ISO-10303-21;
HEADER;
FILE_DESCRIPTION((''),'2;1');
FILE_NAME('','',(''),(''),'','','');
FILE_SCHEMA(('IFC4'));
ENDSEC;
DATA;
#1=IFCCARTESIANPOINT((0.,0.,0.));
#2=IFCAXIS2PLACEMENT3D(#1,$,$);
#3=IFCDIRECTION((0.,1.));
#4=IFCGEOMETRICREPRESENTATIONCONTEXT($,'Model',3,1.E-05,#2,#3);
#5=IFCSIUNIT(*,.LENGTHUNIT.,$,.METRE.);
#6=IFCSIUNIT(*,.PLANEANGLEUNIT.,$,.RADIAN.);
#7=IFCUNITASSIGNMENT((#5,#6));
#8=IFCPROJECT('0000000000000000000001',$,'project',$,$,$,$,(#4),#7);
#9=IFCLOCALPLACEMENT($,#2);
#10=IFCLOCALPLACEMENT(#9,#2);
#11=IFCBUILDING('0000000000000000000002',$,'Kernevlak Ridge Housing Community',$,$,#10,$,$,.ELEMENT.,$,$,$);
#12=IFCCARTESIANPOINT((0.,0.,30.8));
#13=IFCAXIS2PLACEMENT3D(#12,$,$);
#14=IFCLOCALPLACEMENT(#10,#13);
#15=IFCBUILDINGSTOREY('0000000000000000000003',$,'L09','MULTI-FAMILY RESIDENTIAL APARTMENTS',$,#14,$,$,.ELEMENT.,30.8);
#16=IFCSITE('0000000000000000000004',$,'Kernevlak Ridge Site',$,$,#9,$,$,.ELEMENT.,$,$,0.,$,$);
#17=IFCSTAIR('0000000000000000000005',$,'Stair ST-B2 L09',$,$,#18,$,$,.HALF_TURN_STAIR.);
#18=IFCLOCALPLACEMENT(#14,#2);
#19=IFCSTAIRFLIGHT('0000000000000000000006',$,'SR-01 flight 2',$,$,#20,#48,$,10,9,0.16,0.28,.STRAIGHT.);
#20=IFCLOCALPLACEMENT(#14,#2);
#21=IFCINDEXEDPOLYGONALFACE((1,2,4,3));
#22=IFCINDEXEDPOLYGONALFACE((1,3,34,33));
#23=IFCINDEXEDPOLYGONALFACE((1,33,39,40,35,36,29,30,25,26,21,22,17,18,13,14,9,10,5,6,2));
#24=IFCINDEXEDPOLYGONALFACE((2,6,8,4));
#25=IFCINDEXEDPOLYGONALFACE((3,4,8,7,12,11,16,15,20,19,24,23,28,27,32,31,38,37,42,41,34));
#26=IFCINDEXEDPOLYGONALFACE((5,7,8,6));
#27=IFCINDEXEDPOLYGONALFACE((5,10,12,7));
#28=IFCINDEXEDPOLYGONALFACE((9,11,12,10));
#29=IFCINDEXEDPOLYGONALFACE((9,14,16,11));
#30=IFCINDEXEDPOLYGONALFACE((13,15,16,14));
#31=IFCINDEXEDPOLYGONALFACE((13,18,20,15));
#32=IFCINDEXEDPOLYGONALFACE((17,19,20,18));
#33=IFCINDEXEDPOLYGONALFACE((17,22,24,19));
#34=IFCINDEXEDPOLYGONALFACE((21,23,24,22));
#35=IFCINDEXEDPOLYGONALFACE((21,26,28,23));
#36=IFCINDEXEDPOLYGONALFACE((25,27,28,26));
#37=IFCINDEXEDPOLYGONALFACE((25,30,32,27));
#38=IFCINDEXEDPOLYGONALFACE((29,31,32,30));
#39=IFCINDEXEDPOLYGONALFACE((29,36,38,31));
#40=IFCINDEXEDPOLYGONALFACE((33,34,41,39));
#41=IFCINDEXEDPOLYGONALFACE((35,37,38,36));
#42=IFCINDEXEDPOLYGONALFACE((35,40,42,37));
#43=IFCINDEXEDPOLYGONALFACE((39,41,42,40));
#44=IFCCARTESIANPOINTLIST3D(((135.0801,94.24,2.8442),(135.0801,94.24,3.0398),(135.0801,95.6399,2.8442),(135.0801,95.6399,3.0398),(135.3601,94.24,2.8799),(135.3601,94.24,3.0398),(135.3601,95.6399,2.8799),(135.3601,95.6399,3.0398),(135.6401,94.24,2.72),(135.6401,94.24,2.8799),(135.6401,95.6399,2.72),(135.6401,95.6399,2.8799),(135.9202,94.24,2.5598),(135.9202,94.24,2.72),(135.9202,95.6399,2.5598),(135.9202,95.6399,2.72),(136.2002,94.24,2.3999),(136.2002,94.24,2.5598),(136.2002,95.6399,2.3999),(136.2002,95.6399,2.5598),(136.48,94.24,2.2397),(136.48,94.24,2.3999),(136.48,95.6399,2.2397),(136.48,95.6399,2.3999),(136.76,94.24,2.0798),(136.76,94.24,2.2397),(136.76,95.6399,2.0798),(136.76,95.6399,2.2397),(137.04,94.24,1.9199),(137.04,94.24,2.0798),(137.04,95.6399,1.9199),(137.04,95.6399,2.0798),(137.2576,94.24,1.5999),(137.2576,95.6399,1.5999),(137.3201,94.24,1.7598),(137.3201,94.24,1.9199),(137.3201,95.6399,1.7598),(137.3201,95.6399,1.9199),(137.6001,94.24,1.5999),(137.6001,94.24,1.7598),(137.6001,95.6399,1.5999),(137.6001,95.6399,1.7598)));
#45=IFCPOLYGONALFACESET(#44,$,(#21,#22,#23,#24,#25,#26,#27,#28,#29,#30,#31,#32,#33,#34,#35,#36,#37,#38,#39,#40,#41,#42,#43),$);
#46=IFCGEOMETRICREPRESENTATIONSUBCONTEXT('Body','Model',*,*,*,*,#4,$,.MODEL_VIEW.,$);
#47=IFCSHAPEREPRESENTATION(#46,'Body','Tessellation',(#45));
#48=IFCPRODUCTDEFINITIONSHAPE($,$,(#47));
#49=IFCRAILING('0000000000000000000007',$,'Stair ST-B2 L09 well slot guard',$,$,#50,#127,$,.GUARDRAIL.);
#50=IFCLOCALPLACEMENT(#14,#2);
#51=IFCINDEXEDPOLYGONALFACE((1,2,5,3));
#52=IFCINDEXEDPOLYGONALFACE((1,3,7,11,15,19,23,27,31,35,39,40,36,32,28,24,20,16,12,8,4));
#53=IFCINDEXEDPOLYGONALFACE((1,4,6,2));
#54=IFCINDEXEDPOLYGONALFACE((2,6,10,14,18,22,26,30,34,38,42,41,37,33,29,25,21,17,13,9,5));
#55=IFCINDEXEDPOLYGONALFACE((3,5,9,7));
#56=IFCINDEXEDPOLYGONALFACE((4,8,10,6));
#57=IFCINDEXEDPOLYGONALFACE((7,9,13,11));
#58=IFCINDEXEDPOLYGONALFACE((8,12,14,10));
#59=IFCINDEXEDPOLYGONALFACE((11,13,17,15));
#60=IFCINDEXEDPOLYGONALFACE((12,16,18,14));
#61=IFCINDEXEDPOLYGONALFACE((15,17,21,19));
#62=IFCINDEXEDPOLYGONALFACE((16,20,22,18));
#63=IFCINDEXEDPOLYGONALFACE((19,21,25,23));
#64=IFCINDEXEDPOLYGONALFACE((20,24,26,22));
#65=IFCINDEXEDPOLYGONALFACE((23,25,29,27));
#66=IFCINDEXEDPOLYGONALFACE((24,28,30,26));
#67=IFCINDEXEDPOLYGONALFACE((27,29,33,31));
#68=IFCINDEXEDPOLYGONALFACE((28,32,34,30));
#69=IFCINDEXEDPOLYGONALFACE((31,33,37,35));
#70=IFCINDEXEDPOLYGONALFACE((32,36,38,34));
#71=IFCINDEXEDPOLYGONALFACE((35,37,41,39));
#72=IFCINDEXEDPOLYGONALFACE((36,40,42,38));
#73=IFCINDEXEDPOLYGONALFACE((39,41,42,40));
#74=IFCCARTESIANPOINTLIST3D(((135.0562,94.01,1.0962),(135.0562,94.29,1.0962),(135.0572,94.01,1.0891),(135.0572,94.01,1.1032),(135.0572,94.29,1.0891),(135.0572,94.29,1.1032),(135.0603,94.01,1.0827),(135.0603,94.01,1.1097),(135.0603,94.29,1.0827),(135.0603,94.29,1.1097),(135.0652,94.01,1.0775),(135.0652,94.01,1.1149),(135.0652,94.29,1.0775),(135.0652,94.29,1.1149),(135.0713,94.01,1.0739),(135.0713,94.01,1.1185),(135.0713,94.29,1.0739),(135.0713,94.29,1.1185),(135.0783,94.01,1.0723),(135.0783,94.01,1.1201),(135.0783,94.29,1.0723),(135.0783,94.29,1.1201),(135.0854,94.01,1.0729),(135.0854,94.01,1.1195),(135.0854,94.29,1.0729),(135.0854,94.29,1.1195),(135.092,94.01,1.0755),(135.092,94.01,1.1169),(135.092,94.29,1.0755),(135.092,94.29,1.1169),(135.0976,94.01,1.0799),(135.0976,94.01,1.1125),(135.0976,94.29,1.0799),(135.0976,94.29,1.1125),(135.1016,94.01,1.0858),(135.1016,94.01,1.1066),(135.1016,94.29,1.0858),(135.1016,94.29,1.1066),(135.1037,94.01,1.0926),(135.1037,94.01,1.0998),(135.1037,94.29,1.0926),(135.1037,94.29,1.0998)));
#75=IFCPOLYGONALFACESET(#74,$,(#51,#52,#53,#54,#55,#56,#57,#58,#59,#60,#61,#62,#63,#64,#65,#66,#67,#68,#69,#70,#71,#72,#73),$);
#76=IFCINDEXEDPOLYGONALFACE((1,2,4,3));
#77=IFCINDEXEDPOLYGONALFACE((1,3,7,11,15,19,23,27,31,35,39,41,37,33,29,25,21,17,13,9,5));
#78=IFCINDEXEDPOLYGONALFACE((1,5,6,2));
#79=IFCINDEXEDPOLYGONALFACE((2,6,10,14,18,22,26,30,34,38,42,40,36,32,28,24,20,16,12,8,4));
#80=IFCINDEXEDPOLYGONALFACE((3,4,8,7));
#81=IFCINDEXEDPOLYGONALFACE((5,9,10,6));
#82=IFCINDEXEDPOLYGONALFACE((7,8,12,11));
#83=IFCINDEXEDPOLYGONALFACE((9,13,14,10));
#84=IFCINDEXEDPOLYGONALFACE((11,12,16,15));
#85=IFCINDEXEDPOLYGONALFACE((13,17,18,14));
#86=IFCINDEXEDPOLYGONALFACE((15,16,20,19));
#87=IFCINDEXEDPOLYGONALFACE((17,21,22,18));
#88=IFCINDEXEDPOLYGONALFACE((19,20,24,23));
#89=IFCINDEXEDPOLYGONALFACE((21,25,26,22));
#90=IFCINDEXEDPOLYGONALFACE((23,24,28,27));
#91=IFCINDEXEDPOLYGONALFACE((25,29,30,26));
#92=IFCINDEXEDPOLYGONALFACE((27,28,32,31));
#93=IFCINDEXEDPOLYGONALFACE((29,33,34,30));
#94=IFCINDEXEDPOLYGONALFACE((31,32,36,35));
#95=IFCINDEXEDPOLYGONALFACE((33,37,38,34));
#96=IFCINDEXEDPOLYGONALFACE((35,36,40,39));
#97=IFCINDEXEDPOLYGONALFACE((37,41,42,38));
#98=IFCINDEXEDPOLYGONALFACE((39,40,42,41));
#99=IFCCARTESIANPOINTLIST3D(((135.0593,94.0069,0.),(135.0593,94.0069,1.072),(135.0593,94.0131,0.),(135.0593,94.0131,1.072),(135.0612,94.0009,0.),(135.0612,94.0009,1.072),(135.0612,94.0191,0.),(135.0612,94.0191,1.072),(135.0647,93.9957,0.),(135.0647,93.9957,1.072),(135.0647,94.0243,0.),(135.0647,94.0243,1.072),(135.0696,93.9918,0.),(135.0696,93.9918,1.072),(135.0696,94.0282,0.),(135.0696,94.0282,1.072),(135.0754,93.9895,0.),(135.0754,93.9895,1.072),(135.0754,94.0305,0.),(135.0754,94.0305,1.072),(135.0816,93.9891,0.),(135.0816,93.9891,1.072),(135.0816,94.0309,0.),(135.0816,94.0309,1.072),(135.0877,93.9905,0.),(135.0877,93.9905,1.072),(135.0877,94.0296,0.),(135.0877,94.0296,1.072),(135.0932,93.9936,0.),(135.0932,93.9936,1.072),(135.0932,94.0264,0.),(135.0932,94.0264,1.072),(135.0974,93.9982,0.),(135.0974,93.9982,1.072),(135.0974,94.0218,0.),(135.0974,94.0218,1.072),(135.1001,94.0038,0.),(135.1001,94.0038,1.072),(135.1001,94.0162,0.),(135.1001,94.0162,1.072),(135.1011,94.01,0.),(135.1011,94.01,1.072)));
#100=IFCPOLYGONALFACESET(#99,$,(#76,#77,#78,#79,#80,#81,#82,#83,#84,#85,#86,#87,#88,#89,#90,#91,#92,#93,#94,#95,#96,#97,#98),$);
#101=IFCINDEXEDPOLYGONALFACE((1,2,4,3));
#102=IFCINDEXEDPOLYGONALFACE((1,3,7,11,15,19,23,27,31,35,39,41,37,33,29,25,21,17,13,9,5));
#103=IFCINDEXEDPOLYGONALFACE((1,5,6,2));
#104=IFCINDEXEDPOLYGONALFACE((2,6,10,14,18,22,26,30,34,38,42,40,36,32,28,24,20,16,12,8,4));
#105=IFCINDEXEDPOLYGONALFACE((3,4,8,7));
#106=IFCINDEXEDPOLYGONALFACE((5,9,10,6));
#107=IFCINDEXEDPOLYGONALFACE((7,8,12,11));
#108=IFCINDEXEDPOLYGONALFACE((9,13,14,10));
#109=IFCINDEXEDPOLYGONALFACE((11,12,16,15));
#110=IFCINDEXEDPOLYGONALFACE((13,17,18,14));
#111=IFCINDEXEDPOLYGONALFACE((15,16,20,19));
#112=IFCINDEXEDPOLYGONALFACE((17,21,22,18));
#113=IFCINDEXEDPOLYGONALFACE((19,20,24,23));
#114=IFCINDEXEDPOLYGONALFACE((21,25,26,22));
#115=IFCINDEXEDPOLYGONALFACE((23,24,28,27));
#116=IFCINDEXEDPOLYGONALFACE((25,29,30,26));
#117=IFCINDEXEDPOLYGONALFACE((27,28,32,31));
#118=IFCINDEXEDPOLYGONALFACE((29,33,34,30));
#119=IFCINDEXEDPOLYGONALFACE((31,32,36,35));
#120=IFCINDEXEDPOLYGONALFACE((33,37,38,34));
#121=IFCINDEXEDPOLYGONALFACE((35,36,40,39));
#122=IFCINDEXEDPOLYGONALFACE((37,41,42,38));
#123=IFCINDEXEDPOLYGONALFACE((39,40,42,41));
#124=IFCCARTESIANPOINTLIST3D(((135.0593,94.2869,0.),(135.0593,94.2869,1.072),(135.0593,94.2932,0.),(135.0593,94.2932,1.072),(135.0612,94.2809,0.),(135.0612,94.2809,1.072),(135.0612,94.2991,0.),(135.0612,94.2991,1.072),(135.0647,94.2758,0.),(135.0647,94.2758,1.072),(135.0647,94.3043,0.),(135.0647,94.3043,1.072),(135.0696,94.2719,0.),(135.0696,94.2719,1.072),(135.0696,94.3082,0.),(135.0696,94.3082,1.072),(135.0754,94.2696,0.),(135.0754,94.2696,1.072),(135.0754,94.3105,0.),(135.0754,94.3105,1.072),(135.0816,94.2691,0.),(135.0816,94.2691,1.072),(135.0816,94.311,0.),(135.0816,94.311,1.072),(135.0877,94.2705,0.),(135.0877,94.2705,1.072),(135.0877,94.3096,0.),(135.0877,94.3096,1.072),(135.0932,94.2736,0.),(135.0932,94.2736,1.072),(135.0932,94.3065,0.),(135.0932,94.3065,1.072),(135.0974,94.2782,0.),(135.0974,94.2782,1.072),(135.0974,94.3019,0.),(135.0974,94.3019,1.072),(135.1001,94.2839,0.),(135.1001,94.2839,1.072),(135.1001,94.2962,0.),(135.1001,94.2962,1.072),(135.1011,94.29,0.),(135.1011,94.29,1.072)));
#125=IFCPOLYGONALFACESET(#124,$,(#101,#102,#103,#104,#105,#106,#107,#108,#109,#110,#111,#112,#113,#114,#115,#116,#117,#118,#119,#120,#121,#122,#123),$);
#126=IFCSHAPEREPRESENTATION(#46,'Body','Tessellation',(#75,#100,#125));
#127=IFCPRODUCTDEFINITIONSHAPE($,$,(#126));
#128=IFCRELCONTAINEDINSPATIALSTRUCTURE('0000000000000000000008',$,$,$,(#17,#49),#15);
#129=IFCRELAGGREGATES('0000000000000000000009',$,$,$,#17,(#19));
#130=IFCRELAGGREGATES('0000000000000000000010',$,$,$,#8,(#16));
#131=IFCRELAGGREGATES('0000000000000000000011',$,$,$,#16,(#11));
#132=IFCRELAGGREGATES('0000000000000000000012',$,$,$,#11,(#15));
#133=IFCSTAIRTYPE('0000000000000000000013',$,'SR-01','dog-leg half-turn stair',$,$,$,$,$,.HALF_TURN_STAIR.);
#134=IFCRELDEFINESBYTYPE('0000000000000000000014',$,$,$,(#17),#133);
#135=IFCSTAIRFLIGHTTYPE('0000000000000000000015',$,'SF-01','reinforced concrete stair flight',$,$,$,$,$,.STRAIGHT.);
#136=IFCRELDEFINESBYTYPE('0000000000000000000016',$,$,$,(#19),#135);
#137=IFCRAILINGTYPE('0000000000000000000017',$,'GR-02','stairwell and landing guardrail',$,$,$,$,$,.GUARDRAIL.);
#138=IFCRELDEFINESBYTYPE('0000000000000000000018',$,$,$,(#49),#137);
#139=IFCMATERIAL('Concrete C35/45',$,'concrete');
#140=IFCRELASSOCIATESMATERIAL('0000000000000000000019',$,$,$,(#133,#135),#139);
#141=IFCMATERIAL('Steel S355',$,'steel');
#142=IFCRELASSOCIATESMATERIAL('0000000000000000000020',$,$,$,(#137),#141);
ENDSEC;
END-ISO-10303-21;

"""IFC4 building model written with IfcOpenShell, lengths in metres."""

from ifc_helpers import new_model, si_unit, direction, frame, origin, origin_2d, place, context, subcontext, project, spatial, polyline, circle, outline, extrude, material, type_object, element, aggregate, save


model = new_model("IFC4")

# Units and contexts
model_context = context("Model", 3, precision=1e-05, world=origin(), true_north=direction((0.0, 1.0)))
body_context = subcontext(model_context, "Body", "Model", "MODEL_VIEW")
ifc_project = project(units=[si_unit("LENGTHUNIT", "METRE"), si_unit("PLANEANGLEUNIT", "RADIAN")], contexts=[model_context])

# Site, building, storey
site_placement = place(None, origin())
site = spatial("IfcSite", under=ifc_project, at=site_placement, Name="Kernevlak Ridge Site", CompositionType="ELEMENT", RefElevation=0.0)
building_placement = place(site_placement, origin())
building = spatial("IfcBuilding", under=site, at=building_placement, Name="Kernevlak Ridge Housing Community", CompositionType="ELEMENT")
storey_placement = place(building_placement, frame((0.0, 0.0, 30.8)))
storey = spatial("IfcBuildingStorey", under=building, at=storey_placement, Name="L09", Description="MULTI-FAMILY RESIDENTIAL APARTMENTS", CompositionType="ELEMENT", Elevation=30.8)

# Shared definitions
ifc_material_1 = material(Name="Concrete C35/45", Category="concrete")

# Stair, stair flight
stair_type = type_object("IfcStairType", Name="SR-01", Description="dog-leg half-turn stair", PredefinedType="HALF_TURN_STAIR", material=ifc_material_1)
stair_placement = place(storey_placement, origin())
stair = element("IfcStair", 1, at=stair_placement, inside=storey, type_object=stair_type, Name="Stair ST-B2 L09", PredefinedType="HALF_TURN_STAIR")
stair_flight_type = type_object("IfcStairFlightType", Name="SF-01", Description="reinforced concrete stair flight", PredefinedType="STRAIGHT", material=ifc_material_1)
stair_flight_1_placement = place(storey_placement, frame((137.6001, 94.9399, 1.5999), z_axis=(0.0, 0.0, 1.0), x_axis=(-1.0, 0.0, 0.0)))
stair_flight_1 = element("IfcStairFlight", 2, at=stair_flight_1_placement, type_object=stair_flight_type, Name="SR-01 flight 2", NumberOfRisers=10, NumberOfTreads=9, PredefinedType="STRAIGHT", RiserHeight=0.16, TreadLength=0.28, context=body_context, shape_type="SweptSolid", body=[
    extrude(outline(polyline([(0.0, 0.0), (0.0, 0.1599), (0.28, 0.1599), (0.28, 0.3201), (0.5601, 0.3201), (0.5601, 0.48), (0.8401, 0.48), (0.8401, 0.6399), (1.1201, 0.6399), (1.1201, 0.8), (1.3999, 0.8), (1.3999, 0.96), (1.6799, 0.96), (1.6799, 1.1201), (1.96, 1.1201), (1.96, 1.28), (2.24, 1.28), (2.24, 1.4399), (2.52, 1.4399), (2.52, 1.6001), (2.52, 1.2444), (0.3425, 0.0), (0.0, 0.0)])), frame((0.0, 0.7, 0.0), z_axis=(0.0, -1.0, 0.0), x_axis=(1.0, 0.0, 0.0)), (0.0, 0.0, 1.0), 1.3999),
])
aggregate(stair, [stair_flight_1])

# Railing
ifc_material_2 = material(Name="Steel S355", Category="steel")
railing_type_1 = type_object("IfcRailingType", Name="GR-02", Description="stairwell and landing guardrail", PredefinedType="GUARDRAIL", material=ifc_material_2)
railing_1_placement = place(storey_placement, frame((135.0801, 94.01, 0.0)))
element("IfcRailing", 3, at=railing_1_placement, inside=storey, type_object=railing_type_1, Name="Stair ST-B2 L09 well slot guard", PredefinedType="GUARDRAIL", context=body_context, shape_type="SweptSolid", body=[
    extrude(circle(Radius=0.0239, at=origin_2d()), frame((0.0, 0.0, 1.0962), z_axis=(0.0, 1.0, 0.0), x_axis=(-1.0, 0.0, 0.0)), (0.0, 0.0, 1.0), 0.28),
    extrude(circle(Radius=0.021, at=origin_2d()), origin(), (0.0, 0.0, 1.0), 1.072),
    extrude(circle(Radius=0.021, at=origin_2d()), frame((0.0, 0.28, 0.0)), (0.0, 0.0, 1.0), 1.072),
])

save(model, "model.ifc")
